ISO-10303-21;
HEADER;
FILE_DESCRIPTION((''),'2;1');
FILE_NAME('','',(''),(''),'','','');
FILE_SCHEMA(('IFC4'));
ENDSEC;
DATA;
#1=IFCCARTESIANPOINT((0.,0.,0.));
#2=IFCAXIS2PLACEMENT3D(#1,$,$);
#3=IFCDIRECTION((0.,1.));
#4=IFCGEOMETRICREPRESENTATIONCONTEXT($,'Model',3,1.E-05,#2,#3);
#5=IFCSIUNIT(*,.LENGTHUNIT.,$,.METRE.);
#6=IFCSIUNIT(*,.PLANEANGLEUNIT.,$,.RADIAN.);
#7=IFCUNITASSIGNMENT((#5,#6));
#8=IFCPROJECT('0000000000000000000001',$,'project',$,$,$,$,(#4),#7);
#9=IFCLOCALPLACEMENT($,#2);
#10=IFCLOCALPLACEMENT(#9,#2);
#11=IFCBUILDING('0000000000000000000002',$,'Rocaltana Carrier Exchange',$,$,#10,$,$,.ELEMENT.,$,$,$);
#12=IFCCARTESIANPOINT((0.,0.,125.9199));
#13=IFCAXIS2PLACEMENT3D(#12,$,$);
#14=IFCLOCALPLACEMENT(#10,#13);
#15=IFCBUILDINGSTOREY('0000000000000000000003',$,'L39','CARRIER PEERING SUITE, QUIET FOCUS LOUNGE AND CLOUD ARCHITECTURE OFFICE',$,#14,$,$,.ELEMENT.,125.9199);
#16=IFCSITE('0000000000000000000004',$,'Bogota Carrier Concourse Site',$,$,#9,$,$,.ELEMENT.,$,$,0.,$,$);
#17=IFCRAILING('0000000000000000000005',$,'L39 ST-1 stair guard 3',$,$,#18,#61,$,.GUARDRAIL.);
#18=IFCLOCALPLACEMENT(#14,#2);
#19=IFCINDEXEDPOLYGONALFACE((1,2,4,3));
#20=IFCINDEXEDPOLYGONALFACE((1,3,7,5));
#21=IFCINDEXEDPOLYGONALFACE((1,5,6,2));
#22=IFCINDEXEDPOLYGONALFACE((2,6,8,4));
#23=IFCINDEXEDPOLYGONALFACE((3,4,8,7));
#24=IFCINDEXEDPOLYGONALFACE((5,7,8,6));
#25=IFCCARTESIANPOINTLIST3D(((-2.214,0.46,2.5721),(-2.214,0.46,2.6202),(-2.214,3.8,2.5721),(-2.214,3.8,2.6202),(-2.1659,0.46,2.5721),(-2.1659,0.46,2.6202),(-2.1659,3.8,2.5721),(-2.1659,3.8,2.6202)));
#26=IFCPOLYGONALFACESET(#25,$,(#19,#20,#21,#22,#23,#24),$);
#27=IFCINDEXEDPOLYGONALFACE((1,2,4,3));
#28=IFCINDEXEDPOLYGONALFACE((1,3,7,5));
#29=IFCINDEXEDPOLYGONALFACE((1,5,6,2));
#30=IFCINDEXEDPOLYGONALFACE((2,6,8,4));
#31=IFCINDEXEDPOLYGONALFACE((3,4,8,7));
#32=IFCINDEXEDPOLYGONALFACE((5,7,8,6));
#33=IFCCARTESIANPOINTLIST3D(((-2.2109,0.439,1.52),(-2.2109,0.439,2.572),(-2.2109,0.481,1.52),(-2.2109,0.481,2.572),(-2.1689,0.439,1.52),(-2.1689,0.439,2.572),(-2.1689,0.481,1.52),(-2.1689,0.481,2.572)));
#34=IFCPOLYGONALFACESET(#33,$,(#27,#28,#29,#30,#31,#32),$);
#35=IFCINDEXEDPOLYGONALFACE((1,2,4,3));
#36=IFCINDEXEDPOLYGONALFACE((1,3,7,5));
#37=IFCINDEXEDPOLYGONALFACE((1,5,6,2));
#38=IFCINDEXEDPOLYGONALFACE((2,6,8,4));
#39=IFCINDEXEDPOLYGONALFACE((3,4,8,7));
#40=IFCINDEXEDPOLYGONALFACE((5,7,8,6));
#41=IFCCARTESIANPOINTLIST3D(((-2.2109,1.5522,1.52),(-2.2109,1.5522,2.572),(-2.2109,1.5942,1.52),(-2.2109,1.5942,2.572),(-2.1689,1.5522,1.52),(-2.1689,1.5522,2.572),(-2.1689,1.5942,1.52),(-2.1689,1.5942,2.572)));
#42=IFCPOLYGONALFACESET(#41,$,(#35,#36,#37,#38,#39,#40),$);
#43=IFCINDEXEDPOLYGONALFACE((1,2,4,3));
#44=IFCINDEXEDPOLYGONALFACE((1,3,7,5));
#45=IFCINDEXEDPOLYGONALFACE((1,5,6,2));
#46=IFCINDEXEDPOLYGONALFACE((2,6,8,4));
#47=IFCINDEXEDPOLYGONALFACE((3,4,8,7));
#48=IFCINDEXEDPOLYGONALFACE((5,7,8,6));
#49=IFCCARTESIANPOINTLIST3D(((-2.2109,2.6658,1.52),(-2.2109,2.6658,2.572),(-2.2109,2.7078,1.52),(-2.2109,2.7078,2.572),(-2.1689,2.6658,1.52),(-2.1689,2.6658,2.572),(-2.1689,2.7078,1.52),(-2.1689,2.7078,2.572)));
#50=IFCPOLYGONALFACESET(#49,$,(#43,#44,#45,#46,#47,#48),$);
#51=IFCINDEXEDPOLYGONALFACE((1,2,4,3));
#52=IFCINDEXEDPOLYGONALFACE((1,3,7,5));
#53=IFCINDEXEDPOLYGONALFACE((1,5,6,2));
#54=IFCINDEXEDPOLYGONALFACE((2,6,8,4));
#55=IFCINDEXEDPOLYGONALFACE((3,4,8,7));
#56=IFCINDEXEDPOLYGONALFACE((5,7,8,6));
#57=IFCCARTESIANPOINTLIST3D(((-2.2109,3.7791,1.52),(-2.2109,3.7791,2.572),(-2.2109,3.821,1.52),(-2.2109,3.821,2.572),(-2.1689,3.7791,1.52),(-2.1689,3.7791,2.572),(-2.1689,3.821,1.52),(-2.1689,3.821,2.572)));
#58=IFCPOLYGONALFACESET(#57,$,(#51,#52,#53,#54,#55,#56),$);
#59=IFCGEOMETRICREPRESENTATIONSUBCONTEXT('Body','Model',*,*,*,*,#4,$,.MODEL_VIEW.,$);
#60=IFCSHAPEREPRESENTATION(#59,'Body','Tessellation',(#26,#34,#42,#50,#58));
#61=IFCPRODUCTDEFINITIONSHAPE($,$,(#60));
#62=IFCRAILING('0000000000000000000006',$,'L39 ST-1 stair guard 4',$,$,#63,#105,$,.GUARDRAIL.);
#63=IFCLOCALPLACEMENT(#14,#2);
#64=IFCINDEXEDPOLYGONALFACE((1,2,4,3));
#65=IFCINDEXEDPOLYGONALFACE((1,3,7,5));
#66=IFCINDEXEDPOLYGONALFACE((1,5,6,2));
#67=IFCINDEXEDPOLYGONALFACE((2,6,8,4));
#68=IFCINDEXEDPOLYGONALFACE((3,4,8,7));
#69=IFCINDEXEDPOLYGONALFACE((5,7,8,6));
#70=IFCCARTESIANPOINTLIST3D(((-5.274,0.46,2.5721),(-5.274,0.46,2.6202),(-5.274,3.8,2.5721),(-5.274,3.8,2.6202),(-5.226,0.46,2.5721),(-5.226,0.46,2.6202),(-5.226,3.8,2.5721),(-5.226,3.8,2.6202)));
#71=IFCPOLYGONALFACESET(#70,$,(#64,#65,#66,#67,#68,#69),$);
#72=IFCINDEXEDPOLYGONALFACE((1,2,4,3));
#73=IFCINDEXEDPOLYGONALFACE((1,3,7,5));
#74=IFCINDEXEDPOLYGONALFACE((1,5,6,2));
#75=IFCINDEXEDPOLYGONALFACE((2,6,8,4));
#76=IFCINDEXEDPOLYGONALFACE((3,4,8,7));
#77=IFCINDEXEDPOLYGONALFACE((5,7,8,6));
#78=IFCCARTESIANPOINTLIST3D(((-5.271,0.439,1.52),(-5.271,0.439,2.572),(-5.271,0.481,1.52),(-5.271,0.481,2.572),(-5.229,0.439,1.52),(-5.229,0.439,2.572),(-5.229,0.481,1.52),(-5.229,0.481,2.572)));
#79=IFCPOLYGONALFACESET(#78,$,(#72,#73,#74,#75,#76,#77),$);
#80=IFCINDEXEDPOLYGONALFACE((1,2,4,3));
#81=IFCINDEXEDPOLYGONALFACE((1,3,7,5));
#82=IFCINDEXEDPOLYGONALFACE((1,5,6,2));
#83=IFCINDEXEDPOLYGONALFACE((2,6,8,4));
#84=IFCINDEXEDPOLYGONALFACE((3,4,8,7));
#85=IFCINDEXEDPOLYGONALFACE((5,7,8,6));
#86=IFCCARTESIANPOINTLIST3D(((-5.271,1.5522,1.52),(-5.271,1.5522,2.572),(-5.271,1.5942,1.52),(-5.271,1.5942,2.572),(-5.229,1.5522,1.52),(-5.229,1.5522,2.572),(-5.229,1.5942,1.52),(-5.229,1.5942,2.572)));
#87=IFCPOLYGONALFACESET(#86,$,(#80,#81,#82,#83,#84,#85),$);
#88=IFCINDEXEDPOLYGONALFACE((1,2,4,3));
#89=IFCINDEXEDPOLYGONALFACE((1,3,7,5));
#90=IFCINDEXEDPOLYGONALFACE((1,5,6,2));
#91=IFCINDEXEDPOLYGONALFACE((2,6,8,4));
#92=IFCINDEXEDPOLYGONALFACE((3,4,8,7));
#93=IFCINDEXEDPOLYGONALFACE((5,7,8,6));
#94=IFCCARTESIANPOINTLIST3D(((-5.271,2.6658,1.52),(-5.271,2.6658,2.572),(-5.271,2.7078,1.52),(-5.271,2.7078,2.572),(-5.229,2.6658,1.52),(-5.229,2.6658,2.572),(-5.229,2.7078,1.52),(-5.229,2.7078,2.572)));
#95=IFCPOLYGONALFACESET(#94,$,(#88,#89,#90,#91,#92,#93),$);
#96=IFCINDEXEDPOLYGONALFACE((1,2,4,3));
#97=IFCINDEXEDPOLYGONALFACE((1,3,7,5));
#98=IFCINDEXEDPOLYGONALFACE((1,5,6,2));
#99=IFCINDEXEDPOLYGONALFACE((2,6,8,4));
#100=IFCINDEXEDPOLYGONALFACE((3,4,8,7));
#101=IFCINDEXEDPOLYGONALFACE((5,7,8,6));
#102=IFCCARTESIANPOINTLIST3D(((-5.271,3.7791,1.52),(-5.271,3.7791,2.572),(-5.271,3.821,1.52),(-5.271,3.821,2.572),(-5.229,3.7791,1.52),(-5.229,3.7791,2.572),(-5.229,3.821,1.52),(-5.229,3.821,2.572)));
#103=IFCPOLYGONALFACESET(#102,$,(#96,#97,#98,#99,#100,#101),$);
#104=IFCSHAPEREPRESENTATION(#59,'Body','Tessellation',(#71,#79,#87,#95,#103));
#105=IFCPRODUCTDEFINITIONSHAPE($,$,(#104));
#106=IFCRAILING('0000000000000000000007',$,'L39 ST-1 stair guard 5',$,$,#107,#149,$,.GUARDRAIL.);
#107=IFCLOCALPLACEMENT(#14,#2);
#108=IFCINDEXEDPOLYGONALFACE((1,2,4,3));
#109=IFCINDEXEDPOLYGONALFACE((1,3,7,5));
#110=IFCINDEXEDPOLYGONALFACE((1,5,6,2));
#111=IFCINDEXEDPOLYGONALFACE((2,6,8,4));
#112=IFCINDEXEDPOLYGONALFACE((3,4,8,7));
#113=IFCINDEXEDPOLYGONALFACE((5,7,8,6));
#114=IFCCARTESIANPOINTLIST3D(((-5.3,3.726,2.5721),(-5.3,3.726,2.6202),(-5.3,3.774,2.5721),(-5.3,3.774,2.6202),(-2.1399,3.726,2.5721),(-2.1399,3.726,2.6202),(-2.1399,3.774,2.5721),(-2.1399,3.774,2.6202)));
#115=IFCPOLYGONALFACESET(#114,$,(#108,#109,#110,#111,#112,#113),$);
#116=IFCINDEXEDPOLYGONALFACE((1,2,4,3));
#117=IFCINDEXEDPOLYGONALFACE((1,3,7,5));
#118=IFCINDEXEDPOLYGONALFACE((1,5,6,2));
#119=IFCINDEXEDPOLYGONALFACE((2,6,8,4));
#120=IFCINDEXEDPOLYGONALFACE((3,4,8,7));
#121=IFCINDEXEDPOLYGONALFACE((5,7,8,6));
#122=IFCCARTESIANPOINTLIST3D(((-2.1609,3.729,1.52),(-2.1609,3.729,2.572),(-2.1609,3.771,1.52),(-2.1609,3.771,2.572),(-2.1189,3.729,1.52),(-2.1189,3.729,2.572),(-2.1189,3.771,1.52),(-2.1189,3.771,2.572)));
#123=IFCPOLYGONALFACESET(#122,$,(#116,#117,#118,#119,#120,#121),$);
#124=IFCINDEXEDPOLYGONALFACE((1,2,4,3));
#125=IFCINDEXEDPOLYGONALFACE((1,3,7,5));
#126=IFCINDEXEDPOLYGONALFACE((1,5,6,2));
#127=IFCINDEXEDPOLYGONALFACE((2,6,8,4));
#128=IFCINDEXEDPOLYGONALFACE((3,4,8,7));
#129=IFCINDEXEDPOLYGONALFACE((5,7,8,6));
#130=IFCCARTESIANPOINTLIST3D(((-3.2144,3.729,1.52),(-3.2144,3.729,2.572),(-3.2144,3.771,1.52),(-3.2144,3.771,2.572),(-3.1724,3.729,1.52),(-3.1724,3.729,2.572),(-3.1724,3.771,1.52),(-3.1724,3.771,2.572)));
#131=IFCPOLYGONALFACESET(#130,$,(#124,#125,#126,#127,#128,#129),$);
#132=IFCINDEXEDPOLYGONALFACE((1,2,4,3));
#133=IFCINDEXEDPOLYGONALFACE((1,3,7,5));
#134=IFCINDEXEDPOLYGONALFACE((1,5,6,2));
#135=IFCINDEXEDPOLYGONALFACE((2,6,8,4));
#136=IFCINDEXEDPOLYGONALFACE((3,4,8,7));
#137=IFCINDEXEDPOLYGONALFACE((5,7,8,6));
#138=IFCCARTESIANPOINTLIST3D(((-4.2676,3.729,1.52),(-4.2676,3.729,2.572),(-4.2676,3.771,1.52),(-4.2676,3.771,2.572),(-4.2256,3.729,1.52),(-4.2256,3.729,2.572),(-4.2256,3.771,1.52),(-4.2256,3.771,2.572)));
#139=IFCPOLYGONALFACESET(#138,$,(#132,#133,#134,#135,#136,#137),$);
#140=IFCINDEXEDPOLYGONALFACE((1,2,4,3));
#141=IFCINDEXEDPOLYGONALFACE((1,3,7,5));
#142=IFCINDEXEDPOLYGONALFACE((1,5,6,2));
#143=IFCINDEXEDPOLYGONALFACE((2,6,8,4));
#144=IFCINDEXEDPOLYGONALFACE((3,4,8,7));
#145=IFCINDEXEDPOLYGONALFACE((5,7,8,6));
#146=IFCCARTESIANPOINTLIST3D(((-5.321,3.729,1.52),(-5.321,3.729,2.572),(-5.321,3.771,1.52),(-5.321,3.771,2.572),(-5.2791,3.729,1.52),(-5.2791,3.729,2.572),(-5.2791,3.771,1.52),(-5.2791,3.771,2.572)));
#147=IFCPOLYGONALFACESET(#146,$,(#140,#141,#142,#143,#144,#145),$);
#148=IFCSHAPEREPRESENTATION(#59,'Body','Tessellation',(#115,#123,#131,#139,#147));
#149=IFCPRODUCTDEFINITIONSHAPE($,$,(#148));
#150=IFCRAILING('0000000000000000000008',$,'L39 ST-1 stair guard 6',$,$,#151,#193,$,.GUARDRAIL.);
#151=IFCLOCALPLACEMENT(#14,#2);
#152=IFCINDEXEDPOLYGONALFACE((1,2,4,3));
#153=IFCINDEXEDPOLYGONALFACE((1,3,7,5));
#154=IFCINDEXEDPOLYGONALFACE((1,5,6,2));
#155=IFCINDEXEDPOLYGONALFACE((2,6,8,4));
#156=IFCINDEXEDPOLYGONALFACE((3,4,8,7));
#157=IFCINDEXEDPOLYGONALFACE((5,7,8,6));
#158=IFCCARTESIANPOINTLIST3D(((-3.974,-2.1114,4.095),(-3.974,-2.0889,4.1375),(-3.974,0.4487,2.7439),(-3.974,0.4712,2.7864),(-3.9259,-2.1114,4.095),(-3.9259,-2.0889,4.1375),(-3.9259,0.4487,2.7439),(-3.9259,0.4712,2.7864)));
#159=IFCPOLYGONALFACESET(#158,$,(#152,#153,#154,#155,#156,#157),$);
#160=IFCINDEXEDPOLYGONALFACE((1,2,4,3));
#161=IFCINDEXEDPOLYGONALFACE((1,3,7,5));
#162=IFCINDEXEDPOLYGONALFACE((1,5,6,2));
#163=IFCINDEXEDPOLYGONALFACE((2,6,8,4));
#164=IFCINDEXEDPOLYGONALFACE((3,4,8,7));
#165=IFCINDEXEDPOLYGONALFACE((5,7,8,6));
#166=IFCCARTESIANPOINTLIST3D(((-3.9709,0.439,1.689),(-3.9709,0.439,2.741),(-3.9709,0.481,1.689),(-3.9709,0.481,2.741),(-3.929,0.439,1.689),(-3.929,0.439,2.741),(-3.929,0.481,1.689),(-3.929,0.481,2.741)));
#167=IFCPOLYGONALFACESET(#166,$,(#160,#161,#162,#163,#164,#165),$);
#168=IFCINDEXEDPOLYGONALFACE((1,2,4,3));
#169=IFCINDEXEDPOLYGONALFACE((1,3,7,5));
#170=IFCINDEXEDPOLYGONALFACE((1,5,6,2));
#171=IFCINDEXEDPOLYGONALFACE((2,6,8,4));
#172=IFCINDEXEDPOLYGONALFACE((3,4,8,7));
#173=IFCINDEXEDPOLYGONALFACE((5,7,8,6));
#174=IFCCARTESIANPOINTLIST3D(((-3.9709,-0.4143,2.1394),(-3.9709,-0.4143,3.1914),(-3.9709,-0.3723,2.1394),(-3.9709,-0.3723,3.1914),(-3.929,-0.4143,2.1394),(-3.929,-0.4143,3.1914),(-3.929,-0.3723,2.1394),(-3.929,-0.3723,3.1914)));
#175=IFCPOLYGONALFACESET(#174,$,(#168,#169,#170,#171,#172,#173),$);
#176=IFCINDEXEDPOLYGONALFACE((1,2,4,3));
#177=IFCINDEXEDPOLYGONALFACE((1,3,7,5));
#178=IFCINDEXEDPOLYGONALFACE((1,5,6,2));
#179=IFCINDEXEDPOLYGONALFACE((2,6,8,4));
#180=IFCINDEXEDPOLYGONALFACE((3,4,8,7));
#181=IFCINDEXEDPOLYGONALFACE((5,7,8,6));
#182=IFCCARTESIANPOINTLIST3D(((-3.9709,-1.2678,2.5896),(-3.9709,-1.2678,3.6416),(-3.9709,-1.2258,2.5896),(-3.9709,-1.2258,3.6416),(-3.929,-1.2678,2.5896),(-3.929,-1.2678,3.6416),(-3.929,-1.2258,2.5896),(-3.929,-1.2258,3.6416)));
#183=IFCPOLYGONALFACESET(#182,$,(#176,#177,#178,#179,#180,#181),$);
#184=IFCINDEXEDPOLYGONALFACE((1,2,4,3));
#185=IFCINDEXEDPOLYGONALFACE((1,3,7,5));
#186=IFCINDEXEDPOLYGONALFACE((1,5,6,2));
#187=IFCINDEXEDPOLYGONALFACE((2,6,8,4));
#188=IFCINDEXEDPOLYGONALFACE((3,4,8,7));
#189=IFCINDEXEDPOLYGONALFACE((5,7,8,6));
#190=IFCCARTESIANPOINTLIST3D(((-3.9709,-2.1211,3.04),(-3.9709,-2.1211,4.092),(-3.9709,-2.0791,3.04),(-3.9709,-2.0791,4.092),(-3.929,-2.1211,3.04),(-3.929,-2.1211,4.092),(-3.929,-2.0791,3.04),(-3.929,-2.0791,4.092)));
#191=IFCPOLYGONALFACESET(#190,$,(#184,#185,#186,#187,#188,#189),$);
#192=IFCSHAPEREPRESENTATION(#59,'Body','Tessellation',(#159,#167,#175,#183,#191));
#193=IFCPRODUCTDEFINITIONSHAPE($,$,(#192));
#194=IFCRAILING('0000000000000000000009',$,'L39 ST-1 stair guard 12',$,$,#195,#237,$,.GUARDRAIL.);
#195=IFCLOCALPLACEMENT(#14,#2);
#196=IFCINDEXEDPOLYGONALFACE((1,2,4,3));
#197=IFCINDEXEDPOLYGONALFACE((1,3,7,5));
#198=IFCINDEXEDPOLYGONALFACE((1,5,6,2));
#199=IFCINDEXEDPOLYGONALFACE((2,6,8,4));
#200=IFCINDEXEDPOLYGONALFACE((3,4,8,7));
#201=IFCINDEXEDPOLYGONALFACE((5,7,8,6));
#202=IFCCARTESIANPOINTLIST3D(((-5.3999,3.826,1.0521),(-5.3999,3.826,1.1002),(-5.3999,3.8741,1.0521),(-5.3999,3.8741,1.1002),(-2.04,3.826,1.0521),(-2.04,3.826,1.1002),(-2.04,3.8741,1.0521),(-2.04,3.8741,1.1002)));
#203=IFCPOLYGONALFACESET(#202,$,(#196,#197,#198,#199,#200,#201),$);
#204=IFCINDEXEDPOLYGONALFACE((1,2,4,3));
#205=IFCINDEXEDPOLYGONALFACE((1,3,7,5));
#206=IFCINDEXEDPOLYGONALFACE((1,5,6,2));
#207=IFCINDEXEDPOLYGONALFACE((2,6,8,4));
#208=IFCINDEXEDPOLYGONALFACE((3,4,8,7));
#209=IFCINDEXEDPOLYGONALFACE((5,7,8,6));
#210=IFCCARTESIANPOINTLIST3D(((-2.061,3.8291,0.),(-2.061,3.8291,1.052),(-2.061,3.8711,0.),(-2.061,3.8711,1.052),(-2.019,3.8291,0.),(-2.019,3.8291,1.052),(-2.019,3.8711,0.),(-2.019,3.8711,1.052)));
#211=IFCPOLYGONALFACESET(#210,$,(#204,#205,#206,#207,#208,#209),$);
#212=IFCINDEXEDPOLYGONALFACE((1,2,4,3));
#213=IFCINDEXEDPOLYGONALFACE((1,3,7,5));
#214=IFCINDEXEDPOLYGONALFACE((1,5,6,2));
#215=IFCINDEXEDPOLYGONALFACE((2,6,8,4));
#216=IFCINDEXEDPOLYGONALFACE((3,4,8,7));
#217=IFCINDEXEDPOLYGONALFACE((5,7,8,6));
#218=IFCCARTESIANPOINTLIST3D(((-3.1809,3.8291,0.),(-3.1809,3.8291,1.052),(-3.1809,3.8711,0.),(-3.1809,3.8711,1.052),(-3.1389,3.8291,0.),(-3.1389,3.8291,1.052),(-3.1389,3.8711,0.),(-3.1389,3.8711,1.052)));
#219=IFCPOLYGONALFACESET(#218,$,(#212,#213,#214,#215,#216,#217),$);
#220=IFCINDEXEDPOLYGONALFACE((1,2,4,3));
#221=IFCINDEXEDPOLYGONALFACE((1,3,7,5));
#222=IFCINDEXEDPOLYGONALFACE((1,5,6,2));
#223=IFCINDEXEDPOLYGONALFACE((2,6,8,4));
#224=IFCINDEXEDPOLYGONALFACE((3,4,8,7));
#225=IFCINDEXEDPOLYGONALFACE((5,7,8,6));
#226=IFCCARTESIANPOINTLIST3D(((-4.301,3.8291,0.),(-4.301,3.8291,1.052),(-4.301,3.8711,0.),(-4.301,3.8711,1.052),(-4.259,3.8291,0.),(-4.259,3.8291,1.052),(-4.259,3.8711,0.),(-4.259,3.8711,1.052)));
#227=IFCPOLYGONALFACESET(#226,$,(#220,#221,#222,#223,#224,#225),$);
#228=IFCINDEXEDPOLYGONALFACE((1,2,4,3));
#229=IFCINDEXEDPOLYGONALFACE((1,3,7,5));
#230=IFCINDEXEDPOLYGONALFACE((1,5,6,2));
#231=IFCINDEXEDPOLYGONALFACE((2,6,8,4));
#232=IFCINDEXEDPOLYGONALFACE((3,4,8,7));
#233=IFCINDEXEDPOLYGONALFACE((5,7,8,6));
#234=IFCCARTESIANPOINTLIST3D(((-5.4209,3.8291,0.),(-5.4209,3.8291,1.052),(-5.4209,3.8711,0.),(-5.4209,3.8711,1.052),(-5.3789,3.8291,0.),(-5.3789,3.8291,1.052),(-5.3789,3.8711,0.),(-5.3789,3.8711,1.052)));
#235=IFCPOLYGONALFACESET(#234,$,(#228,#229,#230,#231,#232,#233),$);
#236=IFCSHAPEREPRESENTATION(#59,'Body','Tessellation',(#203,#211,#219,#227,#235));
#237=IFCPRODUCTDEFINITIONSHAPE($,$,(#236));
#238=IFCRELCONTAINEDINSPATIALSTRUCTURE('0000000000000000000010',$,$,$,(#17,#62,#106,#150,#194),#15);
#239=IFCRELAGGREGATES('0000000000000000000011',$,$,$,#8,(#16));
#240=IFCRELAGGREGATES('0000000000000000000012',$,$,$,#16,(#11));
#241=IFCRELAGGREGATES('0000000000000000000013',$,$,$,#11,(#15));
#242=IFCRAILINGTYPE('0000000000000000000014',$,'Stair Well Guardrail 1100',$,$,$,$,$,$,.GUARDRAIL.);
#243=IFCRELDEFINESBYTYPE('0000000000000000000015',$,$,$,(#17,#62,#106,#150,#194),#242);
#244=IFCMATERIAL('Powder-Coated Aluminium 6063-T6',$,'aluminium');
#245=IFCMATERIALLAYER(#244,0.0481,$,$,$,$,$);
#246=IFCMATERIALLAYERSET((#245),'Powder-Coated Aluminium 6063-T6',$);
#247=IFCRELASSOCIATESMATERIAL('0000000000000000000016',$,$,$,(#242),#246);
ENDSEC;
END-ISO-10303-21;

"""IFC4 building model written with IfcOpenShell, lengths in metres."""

from ifc_helpers import new_model, si_unit, direction, frame, origin, origin_2d, place, context, subcontext, project, spatial, rectangle, extrude, material, layer, layer_set, type_object, element, save


model = new_model("IFC4")

# Units and contexts
model_context = context("Model", 3, precision=1e-05, world=origin(), true_north=direction((0.0, 1.0)))
body_context = subcontext(model_context, "Body", "Model", "MODEL_VIEW")
ifc_project = project(units=[si_unit("LENGTHUNIT", "METRE"), si_unit("PLANEANGLEUNIT", "RADIAN")], contexts=[model_context])

# Site, building, storey
site_placement = place(None, origin())
site = spatial("IfcSite", under=ifc_project, at=site_placement, Name="Bogota Carrier Concourse Site", CompositionType="ELEMENT", RefElevation=0.0)
building_placement = place(site_placement, origin())
building = spatial("IfcBuilding", under=site, at=building_placement, Name="Rocaltana Carrier Exchange", CompositionType="ELEMENT")
storey_placement = place(building_placement, frame((0.0, 0.0, 125.9199)))
storey = spatial("IfcBuildingStorey", under=building, at=storey_placement, Name="L39", Description="CARRIER PEERING SUITE, QUIET FOCUS LOUNGE AND CLOUD ARCHITECTURE OFFICE", CompositionType="ELEMENT", Elevation=125.9199)

# Railings
ifc_material_1 = material(Name="Powder-Coated Aluminium 6063-T6", Category="aluminium")
ifc_layer_1 = layer(ifc_material_1, 0.0481)
ifc_layer_set_1 = layer_set([ifc_layer_1], Name="Powder-Coated Aluminium 6063-T6")
railing_type_1 = type_object("IfcRailingType", Name="Stair Well Guardrail 1100", PredefinedType="GUARDRAIL", material=ifc_layer_set_1)
for number, where, name in (
    (1, (-2.1899, 0.46, 1.52), "L39 ST-1 stair guard 3"),
    (2, (-5.25, 0.46, 1.52), "L39 ST-1 stair guard 4"),
):
    element("IfcRailing", number, at=place(storey_placement, frame(where)), inside=storey, type_object=railing_type_1, Name=name, PredefinedType="GUARDRAIL", context=body_context, shape_type="SweptSolid", body=[
        extrude(rectangle(XDim=0.0481, YDim=0.0481, at=origin_2d()), frame((0.0, 0.0, 1.0762), z_axis=(0.0, 1.0, 0.0), x_axis=(-1.0, 0.0, 0.0)), (0.0, 0.0, 1.0), 3.3401),
        extrude(rectangle(XDim=0.042, YDim=0.042, at=origin_2d()), origin(), (0.0, 0.0, 1.0), 1.052),
        extrude(rectangle(XDim=0.042, YDim=0.042, at=origin_2d()), frame((0.0, 1.1133, 0.0)), (0.0, 0.0, 1.0), 1.052),
        extrude(rectangle(XDim=0.042, YDim=0.042, at=origin_2d()), frame((0.0, 2.2268, 0.0)), (0.0, 0.0, 1.0), 1.052),
        extrude(rectangle(XDim=0.042, YDim=0.042, at=origin_2d()), frame((0.0, 3.3401, 0.0)), (0.0, 0.0, 1.0), 1.052),
    ])
railing_1_placement = place(storey_placement, frame((-2.1399, 3.75, 1.52)))
element("IfcRailing", 3, at=railing_1_placement, inside=storey, type_object=railing_type_1, Name="L39 ST-1 stair guard 5", PredefinedType="GUARDRAIL", context=body_context, shape_type="SweptSolid", body=[
    extrude(rectangle(XDim=0.0481, YDim=0.0481, at=origin_2d()), frame((0.0, 0.0, 1.0762), z_axis=(-1.0, 0.0, 0.0), x_axis=(0.0, -1.0, 0.0)), (0.0, 0.0, 1.0), 3.1602),
    extrude(rectangle(XDim=0.042, YDim=0.042, at=origin_2d()), origin(), (0.0, 0.0, 1.0), 1.052),
    extrude(rectangle(XDim=0.042, YDim=0.042, at=origin_2d()), frame((-1.0535, 0.0, 0.0)), (0.0, 0.0, 1.0), 1.052),
    extrude(rectangle(XDim=0.042, YDim=0.042, at=origin_2d()), frame((-2.1067, 0.0, 0.0)), (0.0, 0.0, 1.0), 1.052),
    extrude(rectangle(XDim=0.042, YDim=0.042, at=origin_2d()), frame((-3.1602, 0.0, 0.0)), (0.0, 0.0, 1.0), 1.052),
])
railing_2_placement = place(storey_placement, frame((-3.95, 0.46, 1.689)))
element("IfcRailing", 4, at=railing_2_placement, inside=storey, type_object=railing_type_1, Name="L39 ST-1 stair guard 6", PredefinedType="GUARDRAIL", context=body_context, shape_type="SweptSolid", body=[
    extrude(rectangle(XDim=0.0481, YDim=0.0481, at=origin_2d()), frame((0.0, 0.0, 1.0762), z_axis=(0.0, -0.884394, 0.46674), x_axis=(1.0, 0.0, 0.0)), (0.0, 0.0, 1.0), 2.8948),
    extrude(rectangle(XDim=0.042, YDim=0.042, at=origin_2d()), origin(), (0.0, 0.0, 1.0), 1.052),
    extrude(rectangle(XDim=0.042, YDim=0.042, at=origin_2d()), frame((0.0, -0.8533, 0.4504)), (0.0, 0.0, 1.0), 1.052),
    extrude(rectangle(XDim=0.042, YDim=0.042, at=origin_2d()), frame((0.0, -1.7068, 0.9006)), (0.0, 0.0, 1.0), 1.052),
    extrude(rectangle(XDim=0.042, YDim=0.042, at=origin_2d()), frame((0.0, -2.5601, 1.3511)), (0.0, 0.0, 1.0), 1.052),
])
railing_3_placement = place(storey_placement, frame((-2.04, 3.8501, 0.0)))
element("IfcRailing", 5, at=railing_3_placement, inside=storey, type_object=railing_type_1, Name="L39 ST-1 stair guard 12", PredefinedType="GUARDRAIL", context=body_context, shape_type="SweptSolid", body=[
    extrude(rectangle(XDim=0.0481, YDim=0.0481, at=origin_2d()), frame((0.0, 0.0, 1.0762), z_axis=(-1.0, 0.0, 0.0), x_axis=(0.0, -1.0, 0.0)), (0.0, 0.0, 1.0), 3.3599),
    extrude(rectangle(XDim=0.042, YDim=0.042, at=origin_2d()), origin(), (0.0, 0.0, 1.0), 1.052),
    extrude(rectangle(XDim=0.042, YDim=0.042, at=origin_2d()), frame((-1.1199, 0.0, 0.0)), (0.0, 0.0, 1.0), 1.052),
    extrude(rectangle(XDim=0.042, YDim=0.042, at=origin_2d()), frame((-2.24, 0.0, 0.0)), (0.0, 0.0, 1.0), 1.052),
    extrude(rectangle(XDim=0.042, YDim=0.042, at=origin_2d()), frame((-3.3599, 0.0, 0.0)), (0.0, 0.0, 1.0), 1.052),
])

save(model, "model.ifc")
